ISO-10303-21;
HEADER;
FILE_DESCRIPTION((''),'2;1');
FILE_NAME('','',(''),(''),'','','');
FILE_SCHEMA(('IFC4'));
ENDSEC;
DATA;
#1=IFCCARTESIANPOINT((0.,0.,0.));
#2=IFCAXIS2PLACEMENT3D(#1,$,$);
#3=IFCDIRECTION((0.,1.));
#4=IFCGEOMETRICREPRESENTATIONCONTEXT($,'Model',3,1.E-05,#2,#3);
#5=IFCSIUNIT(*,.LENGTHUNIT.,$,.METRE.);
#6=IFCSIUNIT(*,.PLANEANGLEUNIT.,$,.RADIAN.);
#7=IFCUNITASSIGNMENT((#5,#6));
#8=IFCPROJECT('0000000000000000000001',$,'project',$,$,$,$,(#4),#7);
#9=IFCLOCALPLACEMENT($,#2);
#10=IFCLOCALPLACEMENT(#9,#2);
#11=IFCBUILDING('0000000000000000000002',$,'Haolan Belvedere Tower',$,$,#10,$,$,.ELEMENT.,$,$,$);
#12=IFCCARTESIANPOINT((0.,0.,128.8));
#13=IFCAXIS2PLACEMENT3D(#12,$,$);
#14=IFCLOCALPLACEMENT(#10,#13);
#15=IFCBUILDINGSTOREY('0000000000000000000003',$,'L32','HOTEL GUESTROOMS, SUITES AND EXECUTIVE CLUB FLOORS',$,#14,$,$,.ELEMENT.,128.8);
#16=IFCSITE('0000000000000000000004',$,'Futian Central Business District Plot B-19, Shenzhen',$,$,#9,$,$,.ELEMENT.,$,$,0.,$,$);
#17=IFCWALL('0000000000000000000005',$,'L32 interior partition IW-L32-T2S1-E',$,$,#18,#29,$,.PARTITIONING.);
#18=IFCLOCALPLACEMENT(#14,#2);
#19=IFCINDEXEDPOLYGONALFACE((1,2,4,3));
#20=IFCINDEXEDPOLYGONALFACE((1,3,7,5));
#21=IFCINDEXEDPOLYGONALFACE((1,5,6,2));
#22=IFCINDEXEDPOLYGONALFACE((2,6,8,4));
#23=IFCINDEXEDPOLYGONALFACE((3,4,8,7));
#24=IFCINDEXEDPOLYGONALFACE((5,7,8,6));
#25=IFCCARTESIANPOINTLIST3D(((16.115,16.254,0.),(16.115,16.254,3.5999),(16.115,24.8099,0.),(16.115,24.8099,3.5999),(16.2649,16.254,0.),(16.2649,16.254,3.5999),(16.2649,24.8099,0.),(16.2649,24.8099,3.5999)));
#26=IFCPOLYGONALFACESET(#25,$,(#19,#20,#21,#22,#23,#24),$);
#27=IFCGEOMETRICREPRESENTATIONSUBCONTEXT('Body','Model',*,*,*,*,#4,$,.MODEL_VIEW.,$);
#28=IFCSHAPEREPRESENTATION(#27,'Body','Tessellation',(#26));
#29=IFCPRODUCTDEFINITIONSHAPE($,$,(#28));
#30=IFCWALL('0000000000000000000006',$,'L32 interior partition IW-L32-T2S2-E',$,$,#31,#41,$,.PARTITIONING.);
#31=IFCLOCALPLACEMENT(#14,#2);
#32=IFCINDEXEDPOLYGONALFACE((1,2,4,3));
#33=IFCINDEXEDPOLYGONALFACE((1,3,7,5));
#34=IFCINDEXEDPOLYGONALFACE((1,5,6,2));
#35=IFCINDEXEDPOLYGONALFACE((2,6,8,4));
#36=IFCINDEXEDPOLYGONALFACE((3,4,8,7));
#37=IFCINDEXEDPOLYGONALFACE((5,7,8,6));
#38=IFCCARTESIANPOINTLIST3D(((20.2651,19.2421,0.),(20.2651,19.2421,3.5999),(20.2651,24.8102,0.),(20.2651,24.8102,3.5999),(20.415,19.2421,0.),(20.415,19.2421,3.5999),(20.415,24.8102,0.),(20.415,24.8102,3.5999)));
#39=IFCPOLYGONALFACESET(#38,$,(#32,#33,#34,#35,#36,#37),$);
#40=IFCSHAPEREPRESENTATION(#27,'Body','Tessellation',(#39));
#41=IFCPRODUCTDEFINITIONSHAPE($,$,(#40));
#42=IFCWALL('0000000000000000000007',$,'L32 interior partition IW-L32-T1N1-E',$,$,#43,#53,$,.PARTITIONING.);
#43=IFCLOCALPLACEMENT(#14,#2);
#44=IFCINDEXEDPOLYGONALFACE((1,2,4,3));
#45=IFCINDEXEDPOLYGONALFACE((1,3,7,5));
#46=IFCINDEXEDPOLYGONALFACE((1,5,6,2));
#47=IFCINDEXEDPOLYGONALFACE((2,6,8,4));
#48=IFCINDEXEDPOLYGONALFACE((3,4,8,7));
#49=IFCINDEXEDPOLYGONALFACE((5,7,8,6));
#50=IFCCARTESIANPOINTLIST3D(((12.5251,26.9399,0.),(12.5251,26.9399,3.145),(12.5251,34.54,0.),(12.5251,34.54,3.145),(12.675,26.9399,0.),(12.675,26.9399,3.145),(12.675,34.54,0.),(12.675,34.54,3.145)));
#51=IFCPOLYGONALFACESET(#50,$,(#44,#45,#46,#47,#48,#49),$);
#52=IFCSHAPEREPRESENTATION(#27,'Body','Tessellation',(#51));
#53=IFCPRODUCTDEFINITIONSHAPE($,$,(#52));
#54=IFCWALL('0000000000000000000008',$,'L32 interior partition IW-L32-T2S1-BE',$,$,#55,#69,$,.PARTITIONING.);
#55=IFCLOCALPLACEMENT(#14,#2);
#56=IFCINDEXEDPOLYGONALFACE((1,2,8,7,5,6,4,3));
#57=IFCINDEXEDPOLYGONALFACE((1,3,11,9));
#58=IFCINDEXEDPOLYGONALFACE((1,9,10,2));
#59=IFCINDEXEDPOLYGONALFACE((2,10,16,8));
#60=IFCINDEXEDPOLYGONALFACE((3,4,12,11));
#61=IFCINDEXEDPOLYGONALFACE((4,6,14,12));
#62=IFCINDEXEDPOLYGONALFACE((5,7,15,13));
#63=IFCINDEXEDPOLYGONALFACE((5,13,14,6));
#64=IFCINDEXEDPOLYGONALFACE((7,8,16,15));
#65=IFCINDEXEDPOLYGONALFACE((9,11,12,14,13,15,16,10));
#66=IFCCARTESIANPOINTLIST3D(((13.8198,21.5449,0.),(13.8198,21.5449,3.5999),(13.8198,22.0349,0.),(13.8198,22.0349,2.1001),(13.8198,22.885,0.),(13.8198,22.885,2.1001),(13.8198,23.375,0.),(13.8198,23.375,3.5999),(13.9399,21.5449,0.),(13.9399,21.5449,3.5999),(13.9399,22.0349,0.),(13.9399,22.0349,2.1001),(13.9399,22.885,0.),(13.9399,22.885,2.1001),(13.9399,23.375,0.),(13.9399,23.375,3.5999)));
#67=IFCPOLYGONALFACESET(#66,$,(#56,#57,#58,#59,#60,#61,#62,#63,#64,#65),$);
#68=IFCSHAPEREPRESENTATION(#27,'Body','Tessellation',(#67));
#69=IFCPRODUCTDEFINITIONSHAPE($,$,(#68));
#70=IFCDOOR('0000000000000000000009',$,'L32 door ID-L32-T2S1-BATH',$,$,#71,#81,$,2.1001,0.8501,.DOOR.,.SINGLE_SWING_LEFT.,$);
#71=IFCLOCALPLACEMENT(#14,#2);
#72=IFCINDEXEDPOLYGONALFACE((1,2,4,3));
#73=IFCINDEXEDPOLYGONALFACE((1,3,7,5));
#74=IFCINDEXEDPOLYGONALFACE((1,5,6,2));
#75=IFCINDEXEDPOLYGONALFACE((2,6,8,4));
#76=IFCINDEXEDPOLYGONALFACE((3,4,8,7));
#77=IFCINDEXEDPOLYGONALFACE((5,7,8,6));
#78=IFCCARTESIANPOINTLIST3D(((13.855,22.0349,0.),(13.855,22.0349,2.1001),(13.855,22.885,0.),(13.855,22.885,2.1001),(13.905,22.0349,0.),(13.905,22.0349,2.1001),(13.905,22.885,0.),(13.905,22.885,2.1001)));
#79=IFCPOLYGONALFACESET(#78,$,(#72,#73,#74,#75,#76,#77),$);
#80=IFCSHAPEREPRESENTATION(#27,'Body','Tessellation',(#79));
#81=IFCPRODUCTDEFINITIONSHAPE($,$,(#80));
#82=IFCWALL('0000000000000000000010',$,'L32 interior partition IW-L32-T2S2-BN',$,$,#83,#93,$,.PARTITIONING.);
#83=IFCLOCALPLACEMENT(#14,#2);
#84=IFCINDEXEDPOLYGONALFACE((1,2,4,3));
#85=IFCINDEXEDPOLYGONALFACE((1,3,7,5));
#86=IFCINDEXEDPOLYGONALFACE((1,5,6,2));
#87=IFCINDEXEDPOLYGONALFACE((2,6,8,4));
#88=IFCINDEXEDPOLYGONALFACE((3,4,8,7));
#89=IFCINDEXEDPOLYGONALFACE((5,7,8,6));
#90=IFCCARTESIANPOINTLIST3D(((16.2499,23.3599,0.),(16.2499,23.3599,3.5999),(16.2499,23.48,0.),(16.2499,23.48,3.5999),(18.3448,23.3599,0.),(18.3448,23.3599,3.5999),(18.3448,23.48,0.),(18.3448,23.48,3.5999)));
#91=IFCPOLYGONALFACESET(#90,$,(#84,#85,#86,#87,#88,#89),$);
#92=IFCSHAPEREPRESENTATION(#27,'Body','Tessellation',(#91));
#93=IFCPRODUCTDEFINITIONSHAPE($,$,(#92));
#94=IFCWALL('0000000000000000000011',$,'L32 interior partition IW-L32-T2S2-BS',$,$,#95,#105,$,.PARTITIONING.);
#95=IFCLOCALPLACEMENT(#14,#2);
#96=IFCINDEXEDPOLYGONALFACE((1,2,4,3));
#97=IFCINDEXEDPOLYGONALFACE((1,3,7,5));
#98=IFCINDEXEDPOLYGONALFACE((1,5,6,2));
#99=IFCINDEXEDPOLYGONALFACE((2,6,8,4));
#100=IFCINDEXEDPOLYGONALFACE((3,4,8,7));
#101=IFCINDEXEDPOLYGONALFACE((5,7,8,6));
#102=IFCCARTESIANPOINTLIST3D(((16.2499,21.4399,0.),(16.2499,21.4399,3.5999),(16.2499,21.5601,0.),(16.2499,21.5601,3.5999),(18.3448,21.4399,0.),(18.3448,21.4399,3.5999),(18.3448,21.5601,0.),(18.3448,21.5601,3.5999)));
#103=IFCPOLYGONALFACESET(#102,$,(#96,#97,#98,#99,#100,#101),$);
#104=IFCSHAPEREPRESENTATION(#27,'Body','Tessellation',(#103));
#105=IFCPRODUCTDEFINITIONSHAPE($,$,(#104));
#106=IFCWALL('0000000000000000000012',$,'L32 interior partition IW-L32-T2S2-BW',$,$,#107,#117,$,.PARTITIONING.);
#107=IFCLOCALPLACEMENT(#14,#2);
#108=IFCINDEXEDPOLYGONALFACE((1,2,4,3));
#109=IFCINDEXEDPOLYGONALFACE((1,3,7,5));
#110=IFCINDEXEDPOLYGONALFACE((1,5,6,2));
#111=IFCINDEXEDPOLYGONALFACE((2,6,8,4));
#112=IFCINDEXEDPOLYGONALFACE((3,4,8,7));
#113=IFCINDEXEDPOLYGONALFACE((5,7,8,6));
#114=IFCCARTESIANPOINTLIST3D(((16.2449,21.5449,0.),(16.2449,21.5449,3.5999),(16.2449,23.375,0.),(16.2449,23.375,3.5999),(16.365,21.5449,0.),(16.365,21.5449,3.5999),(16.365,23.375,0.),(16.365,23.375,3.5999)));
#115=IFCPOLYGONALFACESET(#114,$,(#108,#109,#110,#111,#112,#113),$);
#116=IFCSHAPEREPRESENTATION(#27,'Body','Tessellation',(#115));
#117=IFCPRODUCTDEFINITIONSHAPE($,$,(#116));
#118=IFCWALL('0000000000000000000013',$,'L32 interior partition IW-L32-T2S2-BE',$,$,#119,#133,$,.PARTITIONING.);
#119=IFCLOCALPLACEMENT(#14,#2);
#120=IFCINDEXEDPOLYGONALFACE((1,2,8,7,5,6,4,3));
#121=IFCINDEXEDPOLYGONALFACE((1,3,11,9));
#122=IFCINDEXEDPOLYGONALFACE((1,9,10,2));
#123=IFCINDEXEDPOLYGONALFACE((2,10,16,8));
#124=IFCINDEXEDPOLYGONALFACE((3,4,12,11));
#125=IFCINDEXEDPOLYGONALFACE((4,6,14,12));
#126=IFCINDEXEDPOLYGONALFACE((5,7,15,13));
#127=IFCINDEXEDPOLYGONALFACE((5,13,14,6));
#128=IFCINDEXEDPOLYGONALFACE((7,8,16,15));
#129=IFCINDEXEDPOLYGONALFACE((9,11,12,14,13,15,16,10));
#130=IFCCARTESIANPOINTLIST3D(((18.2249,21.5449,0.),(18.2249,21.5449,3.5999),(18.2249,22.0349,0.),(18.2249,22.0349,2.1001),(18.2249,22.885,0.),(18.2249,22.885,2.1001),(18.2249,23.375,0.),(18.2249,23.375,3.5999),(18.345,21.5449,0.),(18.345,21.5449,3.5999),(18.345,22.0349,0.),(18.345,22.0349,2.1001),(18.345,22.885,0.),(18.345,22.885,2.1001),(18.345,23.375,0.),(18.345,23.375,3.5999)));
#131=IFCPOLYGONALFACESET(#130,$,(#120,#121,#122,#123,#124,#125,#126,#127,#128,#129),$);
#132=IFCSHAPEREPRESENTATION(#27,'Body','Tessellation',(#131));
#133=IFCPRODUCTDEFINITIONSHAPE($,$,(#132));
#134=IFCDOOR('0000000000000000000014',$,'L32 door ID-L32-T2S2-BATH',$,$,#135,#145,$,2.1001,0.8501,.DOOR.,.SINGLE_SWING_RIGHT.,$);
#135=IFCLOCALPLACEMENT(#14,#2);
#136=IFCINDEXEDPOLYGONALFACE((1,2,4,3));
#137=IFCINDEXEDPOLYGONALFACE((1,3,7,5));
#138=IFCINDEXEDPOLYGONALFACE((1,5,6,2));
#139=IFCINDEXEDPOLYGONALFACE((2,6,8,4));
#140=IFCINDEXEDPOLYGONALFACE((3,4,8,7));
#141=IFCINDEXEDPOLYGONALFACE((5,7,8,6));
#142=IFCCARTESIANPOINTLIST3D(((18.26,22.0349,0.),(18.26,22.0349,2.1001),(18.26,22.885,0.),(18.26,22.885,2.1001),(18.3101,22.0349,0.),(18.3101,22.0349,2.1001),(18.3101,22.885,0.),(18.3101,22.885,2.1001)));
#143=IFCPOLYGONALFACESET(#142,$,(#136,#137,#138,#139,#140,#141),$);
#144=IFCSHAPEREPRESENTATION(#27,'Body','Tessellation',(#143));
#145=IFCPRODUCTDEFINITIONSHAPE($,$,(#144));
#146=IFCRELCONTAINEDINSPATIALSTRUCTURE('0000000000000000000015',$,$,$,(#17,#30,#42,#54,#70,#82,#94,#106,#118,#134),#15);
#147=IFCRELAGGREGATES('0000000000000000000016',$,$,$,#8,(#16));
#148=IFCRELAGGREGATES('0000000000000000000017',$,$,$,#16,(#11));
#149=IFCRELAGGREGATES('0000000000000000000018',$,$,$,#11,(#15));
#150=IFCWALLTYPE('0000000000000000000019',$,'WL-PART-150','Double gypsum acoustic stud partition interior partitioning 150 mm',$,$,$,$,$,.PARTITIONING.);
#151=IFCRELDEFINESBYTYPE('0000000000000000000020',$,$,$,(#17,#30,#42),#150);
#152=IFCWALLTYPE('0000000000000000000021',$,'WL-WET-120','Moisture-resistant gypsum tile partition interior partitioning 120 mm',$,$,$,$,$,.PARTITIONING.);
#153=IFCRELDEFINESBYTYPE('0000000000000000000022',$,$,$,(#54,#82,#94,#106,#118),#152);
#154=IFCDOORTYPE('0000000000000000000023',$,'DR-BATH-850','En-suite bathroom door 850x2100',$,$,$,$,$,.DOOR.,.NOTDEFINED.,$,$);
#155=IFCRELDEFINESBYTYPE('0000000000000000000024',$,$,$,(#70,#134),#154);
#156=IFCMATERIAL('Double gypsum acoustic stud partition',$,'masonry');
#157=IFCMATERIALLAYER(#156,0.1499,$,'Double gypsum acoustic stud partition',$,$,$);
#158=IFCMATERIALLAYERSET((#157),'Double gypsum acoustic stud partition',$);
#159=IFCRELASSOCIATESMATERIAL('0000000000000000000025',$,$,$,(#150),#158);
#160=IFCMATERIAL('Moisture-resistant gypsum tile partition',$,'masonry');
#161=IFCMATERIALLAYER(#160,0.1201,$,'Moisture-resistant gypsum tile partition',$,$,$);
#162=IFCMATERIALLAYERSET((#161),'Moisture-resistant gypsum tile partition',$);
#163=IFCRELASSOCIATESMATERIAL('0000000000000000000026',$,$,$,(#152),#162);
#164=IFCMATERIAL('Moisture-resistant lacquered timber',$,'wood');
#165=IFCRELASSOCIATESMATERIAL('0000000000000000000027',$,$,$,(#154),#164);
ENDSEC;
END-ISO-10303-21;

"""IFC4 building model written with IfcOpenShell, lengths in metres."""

from ifc_helpers import new_model, si_unit, direction, frame, frame_2d, origin, place, context, subcontext, project, spatial, rectangle, extrude, material, layer, layer_set, type_object, element, fill, save


model = new_model("IFC4")

# Units and contexts
model_context = context("Model", 3, precision=1e-05, world=origin(), true_north=direction((0.0, 1.0)))
body_context = subcontext(model_context, "Body", "Model", "MODEL_VIEW")
ifc_project = project(units=[si_unit("LENGTHUNIT", "METRE"), si_unit("PLANEANGLEUNIT", "RADIAN")], contexts=[model_context])

# Site, building, storey
site_placement = place(None, origin())
site = spatial("IfcSite", under=ifc_project, at=site_placement, Name="Futian Central Business District Plot B-19, Shenzhen", CompositionType="ELEMENT", RefElevation=0.0)
building_placement = place(site_placement, origin())
building = spatial("IfcBuilding", under=site, at=building_placement, Name="Haolan Belvedere Tower", CompositionType="ELEMENT")
storey_placement = place(building_placement, frame((0.0, 0.0, 128.8)))
storey = spatial("IfcBuildingStorey", under=building, at=storey_placement, Name="L32", Description="HOTEL GUESTROOMS, SUITES AND EXECUTIVE CLUB FLOORS", CompositionType="ELEMENT", Elevation=128.8)

# Shared definitions
ifc_material_1 = material(Name="Double gypsum acoustic stud partition", Category="masonry")
ifc_layer_1 = layer(ifc_material_1, 0.1499, Name="Double gypsum acoustic stud partition")
ifc_layer_set_1 = layer_set([ifc_layer_1], Name="Double gypsum acoustic stud partition")
wall_type_1 = type_object("IfcWallType", Name="WL-PART-150", Description="Double gypsum acoustic stud partition interior partitioning 150 mm", PredefinedType="PARTITIONING", material=ifc_layer_set_1)

# Wall
wall_1_placement = place(storey_placement, frame((16.1899, 16.2542, 0.0), z_axis=(0.0, 0.0, 1.0), x_axis=(0.0, 1.0, 0.0)))
element("IfcWall", 1, at=wall_1_placement, inside=storey, type_object=wall_type_1, Name="L32 interior partition IW-L32-T2S1-E", PredefinedType="PARTITIONING", context=body_context, shape_type="SweptSolid", body=[
    extrude(rectangle(XDim=8.5559, YDim=0.1499, at=frame_2d((4.2778, 0.0))), origin(), (0.0, 0.0, 1.0), 3.5999),
])

# Walls
wall_2_placement = place(storey_placement, frame((20.3401, 19.2419, 0.0), z_axis=(0.0, 0.0, 1.0), x_axis=(0.0, 1.0, 0.0)))
element("IfcWall", 2, at=wall_2_placement, inside=storey, type_object=wall_type_1, Name="L32 interior partition IW-L32-T2S2-E", PredefinedType="PARTITIONING", context=body_context, shape_type="SweptSolid", body=[
    extrude(rectangle(XDim=5.5681, YDim=0.1499, at=frame_2d((2.7842, 0.0))), origin(), (0.0, 0.0, 1.0), 3.5999),
])
wall_3_placement = place(storey_placement, frame((12.6001, 26.9399, 0.0), z_axis=(0.0, 0.0, 1.0), x_axis=(0.0, 1.0, 0.0)))
element("IfcWall", 3, at=wall_3_placement, inside=storey, type_object=wall_type_1, Name="L32 interior partition IW-L32-T1N1-E", PredefinedType="PARTITIONING", context=body_context, shape_type="SweptSolid", body=[
    extrude(rectangle(XDim=7.6001, YDim=0.1499, at=frame_2d((3.8, 0.0))), origin(), (0.0, 0.0, 1.0), 3.145),
])

# Wall, opening, door
ifc_material_2 = material(Name="Moisture-resistant gypsum tile partition", Category="masonry")
ifc_layer_2 = layer(ifc_material_2, 0.1201, Name="Moisture-resistant gypsum tile partition")
ifc_layer_set_2 = layer_set([ifc_layer_2], Name="Moisture-resistant gypsum tile partition")
wall_type_2 = type_object("IfcWallType", Name="WL-WET-120", Description="Moisture-resistant gypsum tile partition interior partitioning 120 mm", PredefinedType="PARTITIONING", material=ifc_layer_set_2)
wall_4_placement = place(storey_placement, frame((13.8799, 21.5449, 0.0), z_axis=(0.0, 0.0, 1.0), x_axis=(0.0, 1.0, 0.0)))
wall_4 = element("IfcWall", 4, at=wall_4_placement, inside=storey, type_object=wall_type_2, Name="L32 interior partition IW-L32-T2S1-BE", PredefinedType="PARTITIONING", context=body_context, shape_type="SweptSolid", body=[
    extrude(rectangle(XDim=1.8301, YDim=0.1201, at=frame_2d((0.915, 0.0))), origin(), (0.0, 0.0, 1.0), 3.5999),
])
opening_1_placement = place(wall_4_placement, frame((0.49, 0.0, 0.0)))
opening_1 = element("IfcOpeningElement", 5, at=opening_1_placement, cuts=wall_4, PredefinedType="OPENING", context=body_context, shape_type="SweptSolid", body=[
    extrude(rectangle(XDim=0.8501, YDim=2.1001, at=frame_2d((0.425, 1.05))), frame((0.0, 0.0701, 0.0), z_axis=(0.0, -1.0, 0.0), x_axis=(1.0, 0.0, 0.0)), (0.0, 0.0, 1.0), 0.1401),
])
ifc_material_3 = material(Name="Moisture-resistant lacquered timber", Category="wood")
door_type_1 = type_object("IfcDoorType", Name="DR-BATH-850", Description="En-suite bathroom door 850x2100", OperationType="NOTDEFINED", PredefinedType="DOOR", material=ifc_material_3)
door_1_placement = place(opening_1_placement, origin())
door_1 = element("IfcDoor", 6, at=door_1_placement, inside=storey, type_object=door_type_1, Name="L32 door ID-L32-T2S1-BATH", OperationType="SINGLE_SWING_LEFT", OverallHeight=2.1001, OverallWidth=0.8501, PredefinedType="DOOR", context=body_context, shape_type="SweptSolid", body=[
    extrude(rectangle(XDim=0.8501, YDim=2.1001, at=frame_2d((0.425, 1.05))), frame((0.0, 0.0249, 0.0), z_axis=(0.0, -1.0, 0.0), x_axis=(1.0, 0.0, 0.0)), (0.0, 0.0, 1.0), 0.05),
])
fill(opening_1, door_1)

# Walls
for number, where, z_axis, x_axis, name in (
    (7, (16.25, 23.4199, 0.0), (0.0, 0.0, 1.0), (1.0, 0.0, 0.0), "L32 interior partition IW-L32-T2S2-BN"),
    (8, (16.25, 21.5, 0.0), (0.0, 0.0, 1.0), (1.0, 0.0, 0.0), "L32 interior partition IW-L32-T2S2-BS"),
):
    element("IfcWall", number, at=place(storey_placement, frame(where, z_axis=z_axis, x_axis=x_axis)), inside=storey, type_object=wall_type_2, Name=name, PredefinedType="PARTITIONING", context=body_context, shape_type="SweptSolid", body=[
        extrude(rectangle(XDim=2.095, YDim=0.1201, at=frame_2d((1.0474, 0.0))), origin(), (0.0, 0.0, 1.0), 3.5999),
    ])
wall_5_placement = place(storey_placement, frame((16.3049, 21.5449, 0.0), z_axis=(0.0, 0.0, 1.0), x_axis=(0.0, 1.0, 0.0)))
element("IfcWall", 9, at=wall_5_placement, inside=storey, type_object=wall_type_2, Name="L32 interior partition IW-L32-T2S2-BW", PredefinedType="PARTITIONING", context=body_context, shape_type="SweptSolid", body=[
    extrude(rectangle(XDim=1.8301, YDim=0.1201, at=frame_2d((0.915, 0.0))), origin(), (0.0, 0.0, 1.0), 3.5999),
])

# Wall, opening, door
wall_6_placement = place(storey_placement, frame((18.2849, 21.5449, 0.0), z_axis=(0.0, 0.0, 1.0), x_axis=(0.0, 1.0, 0.0)))
wall_6 = element("IfcWall", 10, at=wall_6_placement, inside=storey, type_object=wall_type_2, Name="L32 interior partition IW-L32-T2S2-BE", PredefinedType="PARTITIONING", context=body_context, shape_type="SweptSolid", body=[
    extrude(rectangle(XDim=1.8301, YDim=0.1201, at=frame_2d((0.915, 0.0))), origin(), (0.0, 0.0, 1.0), 3.5999),
])
opening_2_placement = place(wall_6_placement, frame((0.49, 0.0, 0.0)))
opening_2 = element("IfcOpeningElement", 11, at=opening_2_placement, cuts=wall_6, PredefinedType="OPENING", context=body_context, shape_type="SweptSolid", body=[
    extrude(rectangle(XDim=0.8501, YDim=2.1001, at=frame_2d((0.425, 1.05))), frame((0.0, 0.0701, 0.0), z_axis=(0.0, -1.0, 0.0), x_axis=(1.0, 0.0, 0.0)), (0.0, 0.0, 1.0), 0.1401),
])
door_2_placement = place(opening_2_placement, origin())
door_2 = element("IfcDoor", 12, at=door_2_placement, inside=storey, type_object=door_type_1, Name="L32 door ID-L32-T2S2-BATH", OperationType="SINGLE_SWING_RIGHT", OverallHeight=2.1001, OverallWidth=0.8501, PredefinedType="DOOR", context=body_context, shape_type="SweptSolid", body=[
    extrude(rectangle(XDim=0.8501, YDim=2.1001, at=frame_2d((0.425, 1.05))), frame((0.0, 0.0249, 0.0), z_axis=(0.0, -1.0, 0.0), x_axis=(1.0, 0.0, 0.0)), (0.0, 0.0, 1.0), 0.05),
])
fill(opening_2, door_2)

save(model, "model.ifc")
